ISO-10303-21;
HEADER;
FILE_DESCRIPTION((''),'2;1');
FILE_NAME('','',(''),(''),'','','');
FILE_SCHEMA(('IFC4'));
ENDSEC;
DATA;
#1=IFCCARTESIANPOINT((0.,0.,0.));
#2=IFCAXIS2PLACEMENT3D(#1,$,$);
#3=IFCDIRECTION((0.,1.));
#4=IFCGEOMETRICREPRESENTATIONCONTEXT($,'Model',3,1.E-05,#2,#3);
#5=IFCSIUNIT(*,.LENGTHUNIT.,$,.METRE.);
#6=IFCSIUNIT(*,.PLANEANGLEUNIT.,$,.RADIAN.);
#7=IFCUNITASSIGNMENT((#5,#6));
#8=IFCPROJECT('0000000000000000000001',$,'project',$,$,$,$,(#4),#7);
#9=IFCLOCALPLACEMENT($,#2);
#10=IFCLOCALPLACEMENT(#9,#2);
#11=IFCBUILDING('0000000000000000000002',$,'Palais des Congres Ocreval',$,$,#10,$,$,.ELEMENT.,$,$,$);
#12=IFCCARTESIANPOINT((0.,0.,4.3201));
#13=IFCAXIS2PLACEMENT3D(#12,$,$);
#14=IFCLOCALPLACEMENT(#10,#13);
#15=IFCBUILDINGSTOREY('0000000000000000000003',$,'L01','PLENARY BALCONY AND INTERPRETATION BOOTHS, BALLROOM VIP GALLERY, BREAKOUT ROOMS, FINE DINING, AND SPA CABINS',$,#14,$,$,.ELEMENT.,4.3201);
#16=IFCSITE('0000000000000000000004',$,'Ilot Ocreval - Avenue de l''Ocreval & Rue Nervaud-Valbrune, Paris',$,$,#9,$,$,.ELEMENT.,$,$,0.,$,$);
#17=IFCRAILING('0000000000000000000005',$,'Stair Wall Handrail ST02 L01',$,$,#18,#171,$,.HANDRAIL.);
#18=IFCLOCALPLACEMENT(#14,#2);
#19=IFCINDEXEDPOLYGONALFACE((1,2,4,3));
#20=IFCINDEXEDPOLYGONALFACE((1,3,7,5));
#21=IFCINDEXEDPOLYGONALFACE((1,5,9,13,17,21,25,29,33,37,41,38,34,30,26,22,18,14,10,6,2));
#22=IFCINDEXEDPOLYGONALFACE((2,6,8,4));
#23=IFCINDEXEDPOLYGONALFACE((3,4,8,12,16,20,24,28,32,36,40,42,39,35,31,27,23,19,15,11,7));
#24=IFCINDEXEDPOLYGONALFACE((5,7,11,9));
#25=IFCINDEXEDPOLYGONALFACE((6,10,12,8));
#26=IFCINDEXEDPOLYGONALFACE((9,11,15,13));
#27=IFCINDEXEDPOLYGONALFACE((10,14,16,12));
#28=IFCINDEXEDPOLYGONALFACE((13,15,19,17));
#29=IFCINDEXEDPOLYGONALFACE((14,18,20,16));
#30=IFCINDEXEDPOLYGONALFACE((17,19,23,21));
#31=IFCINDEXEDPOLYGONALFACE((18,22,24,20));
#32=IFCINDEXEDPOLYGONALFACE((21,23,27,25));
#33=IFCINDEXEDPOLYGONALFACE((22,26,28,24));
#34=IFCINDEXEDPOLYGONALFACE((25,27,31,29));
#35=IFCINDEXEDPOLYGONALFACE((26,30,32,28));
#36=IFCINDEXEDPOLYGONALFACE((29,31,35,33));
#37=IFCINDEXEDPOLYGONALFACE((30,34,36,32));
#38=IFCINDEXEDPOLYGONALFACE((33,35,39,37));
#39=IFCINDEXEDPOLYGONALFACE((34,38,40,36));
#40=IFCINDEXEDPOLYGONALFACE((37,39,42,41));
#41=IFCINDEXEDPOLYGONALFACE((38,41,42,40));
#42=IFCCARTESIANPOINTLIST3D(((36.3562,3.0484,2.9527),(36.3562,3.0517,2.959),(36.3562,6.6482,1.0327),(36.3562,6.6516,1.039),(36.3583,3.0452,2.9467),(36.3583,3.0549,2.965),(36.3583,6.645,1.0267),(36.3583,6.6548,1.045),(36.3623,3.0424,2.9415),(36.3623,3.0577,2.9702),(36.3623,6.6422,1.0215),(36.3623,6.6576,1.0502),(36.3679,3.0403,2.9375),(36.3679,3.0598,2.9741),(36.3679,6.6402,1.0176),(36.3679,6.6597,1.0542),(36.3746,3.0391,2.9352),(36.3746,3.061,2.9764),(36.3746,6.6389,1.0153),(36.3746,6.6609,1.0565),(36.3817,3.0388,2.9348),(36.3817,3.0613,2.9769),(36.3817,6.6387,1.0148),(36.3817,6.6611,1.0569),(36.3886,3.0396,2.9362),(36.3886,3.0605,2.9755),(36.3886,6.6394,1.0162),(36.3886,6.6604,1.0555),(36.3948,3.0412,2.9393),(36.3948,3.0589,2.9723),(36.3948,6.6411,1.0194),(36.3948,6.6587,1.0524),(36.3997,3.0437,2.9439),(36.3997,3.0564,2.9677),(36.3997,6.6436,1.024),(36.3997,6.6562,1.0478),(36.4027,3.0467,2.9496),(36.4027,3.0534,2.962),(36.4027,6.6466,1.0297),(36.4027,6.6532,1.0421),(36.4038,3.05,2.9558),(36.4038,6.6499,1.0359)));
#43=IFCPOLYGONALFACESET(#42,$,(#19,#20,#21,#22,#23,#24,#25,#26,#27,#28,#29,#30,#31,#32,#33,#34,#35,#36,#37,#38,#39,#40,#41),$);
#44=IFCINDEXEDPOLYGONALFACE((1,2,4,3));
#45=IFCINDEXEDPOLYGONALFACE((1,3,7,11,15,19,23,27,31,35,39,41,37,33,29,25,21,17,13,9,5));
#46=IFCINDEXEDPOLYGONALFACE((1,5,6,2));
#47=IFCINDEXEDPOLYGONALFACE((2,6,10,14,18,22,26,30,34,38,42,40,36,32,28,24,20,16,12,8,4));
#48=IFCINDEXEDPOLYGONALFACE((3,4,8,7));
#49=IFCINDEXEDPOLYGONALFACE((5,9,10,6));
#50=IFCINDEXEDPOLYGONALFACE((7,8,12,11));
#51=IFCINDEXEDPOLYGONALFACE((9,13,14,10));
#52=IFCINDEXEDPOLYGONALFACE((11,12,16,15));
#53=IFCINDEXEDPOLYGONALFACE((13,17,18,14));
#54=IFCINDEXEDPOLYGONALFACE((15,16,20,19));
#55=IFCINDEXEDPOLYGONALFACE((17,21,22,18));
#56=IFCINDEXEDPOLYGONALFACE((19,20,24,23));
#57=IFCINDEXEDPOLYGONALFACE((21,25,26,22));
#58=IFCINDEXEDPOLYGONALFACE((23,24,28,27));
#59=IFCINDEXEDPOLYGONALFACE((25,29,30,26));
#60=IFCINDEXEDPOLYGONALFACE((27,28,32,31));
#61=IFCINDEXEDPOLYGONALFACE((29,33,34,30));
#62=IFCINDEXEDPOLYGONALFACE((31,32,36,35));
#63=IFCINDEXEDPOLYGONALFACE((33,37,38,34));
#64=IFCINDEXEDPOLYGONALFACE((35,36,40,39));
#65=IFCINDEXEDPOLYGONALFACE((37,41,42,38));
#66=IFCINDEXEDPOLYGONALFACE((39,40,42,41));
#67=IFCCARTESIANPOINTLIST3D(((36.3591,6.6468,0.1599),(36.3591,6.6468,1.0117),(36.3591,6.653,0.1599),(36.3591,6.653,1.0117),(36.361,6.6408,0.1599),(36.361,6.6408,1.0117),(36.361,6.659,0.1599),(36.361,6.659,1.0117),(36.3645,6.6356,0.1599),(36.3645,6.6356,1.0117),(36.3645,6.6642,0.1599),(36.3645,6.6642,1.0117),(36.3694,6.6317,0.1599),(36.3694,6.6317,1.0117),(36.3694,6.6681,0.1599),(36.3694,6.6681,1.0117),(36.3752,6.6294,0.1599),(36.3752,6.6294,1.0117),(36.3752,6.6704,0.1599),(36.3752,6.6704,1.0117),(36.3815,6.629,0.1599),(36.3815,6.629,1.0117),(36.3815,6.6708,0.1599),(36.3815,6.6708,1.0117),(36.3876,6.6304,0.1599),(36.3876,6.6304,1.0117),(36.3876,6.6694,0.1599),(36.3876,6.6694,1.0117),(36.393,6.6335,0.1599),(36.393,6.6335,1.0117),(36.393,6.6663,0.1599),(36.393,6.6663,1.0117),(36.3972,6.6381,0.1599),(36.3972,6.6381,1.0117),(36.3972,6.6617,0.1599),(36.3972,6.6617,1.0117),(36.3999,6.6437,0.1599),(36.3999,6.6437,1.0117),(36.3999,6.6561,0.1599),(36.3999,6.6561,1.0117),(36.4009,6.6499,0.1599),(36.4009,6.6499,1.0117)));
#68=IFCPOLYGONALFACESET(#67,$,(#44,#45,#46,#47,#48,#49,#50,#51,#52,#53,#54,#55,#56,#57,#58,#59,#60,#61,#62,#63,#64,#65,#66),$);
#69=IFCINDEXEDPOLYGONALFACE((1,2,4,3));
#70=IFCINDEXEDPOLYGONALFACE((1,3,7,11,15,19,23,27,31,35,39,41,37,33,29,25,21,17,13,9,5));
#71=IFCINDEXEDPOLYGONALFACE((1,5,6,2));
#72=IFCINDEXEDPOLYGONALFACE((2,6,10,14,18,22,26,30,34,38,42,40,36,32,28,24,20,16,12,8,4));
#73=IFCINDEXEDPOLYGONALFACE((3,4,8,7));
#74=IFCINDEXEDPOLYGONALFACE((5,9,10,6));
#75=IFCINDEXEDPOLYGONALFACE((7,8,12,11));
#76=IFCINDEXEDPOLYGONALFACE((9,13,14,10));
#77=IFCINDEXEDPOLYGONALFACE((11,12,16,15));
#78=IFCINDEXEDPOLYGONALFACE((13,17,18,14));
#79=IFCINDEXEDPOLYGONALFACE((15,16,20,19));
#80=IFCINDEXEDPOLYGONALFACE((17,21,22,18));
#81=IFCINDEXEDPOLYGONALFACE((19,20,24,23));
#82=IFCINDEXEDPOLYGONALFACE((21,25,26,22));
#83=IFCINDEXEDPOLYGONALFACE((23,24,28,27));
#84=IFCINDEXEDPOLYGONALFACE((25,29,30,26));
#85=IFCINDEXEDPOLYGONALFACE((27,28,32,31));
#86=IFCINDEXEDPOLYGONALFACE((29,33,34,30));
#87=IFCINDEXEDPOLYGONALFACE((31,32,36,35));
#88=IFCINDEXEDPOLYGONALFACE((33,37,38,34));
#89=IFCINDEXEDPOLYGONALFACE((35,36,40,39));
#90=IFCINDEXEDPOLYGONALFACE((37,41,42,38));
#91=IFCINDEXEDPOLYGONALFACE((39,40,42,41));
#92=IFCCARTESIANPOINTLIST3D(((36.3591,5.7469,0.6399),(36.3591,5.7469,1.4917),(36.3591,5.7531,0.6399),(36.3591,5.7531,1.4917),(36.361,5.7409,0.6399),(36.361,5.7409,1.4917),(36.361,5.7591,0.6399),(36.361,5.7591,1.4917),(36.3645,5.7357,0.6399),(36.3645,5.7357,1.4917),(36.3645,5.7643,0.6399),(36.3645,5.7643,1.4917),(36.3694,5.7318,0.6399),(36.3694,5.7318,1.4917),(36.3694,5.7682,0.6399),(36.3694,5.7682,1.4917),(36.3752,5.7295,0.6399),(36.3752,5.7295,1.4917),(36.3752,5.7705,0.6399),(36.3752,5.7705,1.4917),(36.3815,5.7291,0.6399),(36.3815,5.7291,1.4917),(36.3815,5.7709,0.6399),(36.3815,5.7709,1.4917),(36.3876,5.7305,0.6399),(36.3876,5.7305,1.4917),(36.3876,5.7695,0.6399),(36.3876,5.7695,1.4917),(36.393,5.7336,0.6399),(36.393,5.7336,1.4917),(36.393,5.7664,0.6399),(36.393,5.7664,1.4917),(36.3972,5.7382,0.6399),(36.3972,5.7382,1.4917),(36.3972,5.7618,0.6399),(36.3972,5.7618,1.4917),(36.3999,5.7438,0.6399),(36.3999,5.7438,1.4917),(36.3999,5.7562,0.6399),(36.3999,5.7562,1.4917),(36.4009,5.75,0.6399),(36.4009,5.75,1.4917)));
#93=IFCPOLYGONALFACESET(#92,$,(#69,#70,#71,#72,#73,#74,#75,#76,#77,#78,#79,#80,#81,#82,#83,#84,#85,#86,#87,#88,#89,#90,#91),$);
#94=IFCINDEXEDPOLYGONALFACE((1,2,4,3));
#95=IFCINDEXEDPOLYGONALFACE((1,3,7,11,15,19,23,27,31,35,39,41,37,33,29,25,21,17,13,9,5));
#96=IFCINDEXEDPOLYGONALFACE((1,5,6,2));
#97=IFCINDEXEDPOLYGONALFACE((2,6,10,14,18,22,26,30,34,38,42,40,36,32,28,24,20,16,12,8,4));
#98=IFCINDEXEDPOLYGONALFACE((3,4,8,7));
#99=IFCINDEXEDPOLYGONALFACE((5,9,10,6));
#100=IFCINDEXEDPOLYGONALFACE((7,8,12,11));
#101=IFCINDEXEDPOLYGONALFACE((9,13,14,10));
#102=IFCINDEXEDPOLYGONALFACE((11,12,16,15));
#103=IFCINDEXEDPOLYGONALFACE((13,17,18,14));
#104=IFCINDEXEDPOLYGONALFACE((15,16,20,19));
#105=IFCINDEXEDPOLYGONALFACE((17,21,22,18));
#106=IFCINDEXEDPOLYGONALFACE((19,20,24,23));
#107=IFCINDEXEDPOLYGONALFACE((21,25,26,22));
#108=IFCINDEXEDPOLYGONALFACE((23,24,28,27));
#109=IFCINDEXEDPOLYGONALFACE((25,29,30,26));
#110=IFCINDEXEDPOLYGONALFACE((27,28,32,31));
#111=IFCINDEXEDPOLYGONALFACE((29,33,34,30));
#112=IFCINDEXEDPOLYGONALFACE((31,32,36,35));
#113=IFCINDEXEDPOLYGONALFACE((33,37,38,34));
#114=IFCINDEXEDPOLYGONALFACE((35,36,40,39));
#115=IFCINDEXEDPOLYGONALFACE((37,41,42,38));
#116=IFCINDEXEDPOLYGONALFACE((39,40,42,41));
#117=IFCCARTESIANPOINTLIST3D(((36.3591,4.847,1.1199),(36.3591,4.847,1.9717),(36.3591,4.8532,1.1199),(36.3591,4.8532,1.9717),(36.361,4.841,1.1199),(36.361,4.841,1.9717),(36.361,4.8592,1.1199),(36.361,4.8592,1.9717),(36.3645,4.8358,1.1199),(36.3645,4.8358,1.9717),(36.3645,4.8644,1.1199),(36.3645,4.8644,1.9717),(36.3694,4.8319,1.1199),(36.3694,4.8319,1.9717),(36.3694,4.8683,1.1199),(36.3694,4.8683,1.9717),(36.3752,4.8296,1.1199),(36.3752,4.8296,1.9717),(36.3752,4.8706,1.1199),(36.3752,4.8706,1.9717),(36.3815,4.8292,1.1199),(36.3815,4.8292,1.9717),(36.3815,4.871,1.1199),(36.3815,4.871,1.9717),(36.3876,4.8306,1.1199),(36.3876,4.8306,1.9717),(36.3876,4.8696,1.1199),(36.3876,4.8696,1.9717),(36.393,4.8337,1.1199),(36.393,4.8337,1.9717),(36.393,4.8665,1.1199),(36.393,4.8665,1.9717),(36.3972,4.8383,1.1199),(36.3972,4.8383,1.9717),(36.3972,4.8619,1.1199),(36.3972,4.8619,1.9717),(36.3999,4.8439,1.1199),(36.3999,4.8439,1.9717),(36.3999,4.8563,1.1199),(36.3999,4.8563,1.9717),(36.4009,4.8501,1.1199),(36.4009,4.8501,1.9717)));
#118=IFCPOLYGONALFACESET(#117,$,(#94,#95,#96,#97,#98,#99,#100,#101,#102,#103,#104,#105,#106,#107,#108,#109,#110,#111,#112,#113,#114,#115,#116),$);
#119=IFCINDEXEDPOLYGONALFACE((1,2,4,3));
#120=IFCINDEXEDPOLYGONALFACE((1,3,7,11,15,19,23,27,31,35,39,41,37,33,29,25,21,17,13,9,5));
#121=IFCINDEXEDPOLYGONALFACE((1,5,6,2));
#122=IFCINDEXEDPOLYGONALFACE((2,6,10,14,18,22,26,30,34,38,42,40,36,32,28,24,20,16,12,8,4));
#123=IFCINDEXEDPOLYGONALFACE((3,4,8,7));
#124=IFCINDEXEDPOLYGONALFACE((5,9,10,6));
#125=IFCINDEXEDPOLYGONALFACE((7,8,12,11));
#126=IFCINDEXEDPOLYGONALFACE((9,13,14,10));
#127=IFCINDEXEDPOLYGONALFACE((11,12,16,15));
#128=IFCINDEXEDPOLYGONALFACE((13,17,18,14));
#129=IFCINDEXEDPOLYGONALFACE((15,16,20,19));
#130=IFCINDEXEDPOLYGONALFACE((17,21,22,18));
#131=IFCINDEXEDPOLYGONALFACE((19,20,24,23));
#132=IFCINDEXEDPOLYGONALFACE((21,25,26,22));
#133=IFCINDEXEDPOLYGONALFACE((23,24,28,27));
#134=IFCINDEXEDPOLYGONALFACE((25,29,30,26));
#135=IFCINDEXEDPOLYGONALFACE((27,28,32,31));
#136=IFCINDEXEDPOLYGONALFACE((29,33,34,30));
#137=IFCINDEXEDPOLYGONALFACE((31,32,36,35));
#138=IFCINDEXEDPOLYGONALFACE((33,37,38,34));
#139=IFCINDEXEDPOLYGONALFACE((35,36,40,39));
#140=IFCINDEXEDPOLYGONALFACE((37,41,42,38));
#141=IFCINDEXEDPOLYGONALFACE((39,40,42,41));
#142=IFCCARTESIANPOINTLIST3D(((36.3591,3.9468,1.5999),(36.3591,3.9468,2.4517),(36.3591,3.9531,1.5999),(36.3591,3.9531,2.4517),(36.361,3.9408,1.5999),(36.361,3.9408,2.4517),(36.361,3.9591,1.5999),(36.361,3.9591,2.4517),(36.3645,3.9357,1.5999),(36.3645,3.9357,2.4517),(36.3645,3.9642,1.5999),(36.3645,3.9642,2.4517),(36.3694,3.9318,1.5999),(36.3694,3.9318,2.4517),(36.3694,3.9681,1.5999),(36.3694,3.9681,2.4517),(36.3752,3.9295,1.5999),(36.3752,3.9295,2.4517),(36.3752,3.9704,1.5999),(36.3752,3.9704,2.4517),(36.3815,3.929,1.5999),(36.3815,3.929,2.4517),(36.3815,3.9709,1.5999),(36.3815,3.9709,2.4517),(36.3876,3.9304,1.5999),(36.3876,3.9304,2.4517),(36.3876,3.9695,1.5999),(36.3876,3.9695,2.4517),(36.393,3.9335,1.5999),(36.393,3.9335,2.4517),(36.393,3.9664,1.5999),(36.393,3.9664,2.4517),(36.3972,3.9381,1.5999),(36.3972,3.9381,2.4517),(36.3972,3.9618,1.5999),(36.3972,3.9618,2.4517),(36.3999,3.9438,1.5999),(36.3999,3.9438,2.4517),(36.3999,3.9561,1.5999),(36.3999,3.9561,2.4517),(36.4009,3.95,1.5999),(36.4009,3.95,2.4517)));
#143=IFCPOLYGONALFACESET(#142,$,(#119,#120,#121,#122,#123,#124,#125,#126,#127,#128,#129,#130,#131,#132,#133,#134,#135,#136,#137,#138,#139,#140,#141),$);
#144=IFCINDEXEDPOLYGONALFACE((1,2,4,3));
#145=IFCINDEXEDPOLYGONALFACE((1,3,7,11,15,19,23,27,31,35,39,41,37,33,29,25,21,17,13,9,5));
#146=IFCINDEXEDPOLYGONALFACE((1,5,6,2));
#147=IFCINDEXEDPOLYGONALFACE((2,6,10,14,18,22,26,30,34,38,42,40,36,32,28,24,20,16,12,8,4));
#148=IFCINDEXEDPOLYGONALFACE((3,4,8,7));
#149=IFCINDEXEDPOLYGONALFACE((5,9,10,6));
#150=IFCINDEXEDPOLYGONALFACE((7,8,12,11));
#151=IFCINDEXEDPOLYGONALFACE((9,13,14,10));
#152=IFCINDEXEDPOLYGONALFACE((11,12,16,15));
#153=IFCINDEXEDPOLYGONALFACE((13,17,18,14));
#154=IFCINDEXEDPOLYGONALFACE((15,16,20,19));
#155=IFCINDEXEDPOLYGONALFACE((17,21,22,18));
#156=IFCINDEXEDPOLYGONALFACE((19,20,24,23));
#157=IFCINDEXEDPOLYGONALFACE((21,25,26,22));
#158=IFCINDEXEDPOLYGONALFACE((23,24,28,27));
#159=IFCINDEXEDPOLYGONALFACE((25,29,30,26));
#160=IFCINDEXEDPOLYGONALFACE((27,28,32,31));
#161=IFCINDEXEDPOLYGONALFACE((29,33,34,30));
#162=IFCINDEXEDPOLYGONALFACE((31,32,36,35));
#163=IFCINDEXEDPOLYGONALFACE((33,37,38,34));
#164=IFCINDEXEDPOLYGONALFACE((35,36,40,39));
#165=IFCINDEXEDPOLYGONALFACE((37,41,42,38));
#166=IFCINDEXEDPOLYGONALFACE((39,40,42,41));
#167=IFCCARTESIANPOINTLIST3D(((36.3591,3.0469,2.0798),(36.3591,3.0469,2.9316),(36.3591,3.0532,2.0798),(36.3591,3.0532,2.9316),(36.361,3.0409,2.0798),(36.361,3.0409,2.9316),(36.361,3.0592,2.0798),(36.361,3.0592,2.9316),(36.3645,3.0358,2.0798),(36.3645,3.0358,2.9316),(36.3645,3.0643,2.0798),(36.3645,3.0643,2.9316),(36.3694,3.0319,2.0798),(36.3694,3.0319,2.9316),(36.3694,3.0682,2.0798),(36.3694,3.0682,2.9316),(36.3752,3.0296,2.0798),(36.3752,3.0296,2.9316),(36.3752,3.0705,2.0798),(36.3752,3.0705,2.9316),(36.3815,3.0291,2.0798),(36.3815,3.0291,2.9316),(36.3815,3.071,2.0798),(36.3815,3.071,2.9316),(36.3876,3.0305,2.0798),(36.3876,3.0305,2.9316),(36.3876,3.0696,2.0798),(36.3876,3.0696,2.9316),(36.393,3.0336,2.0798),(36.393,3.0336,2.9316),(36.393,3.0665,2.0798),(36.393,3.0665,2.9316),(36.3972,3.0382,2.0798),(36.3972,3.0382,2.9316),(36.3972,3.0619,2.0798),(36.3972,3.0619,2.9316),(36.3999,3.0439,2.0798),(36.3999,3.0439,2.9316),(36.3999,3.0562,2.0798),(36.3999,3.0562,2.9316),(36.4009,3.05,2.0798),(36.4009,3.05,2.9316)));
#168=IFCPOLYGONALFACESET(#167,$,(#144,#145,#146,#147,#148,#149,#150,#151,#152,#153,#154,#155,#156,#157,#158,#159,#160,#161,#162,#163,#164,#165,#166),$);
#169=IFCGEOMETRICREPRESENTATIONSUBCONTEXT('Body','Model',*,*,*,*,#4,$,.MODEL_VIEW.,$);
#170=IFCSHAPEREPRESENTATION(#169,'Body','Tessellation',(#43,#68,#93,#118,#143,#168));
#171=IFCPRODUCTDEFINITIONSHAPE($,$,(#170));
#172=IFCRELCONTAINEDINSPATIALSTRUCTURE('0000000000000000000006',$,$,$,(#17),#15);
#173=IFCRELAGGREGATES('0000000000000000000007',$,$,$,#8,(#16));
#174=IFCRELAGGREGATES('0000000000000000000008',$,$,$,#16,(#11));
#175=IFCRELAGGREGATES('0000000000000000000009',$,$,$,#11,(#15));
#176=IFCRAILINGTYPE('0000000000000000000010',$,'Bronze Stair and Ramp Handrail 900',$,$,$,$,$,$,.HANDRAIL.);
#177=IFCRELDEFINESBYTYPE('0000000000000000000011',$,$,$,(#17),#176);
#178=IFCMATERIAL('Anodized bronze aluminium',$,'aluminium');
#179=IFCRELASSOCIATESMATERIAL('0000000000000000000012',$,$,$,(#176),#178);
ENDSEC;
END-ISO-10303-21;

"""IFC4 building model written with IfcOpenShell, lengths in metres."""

from ifc_helpers import new_model, si_unit, direction, frame, origin, origin_2d, place, context, subcontext, project, spatial, circle, extrude, material, type_object, element, save


model = new_model("IFC4")

# Units and contexts
model_context = context("Model", 3, precision=1e-05, world=origin(), true_north=direction((0.0, 1.0)))
body_context = subcontext(model_context, "Body", "Model", "MODEL_VIEW")
ifc_project = project(units=[si_unit("LENGTHUNIT", "METRE"), si_unit("PLANEANGLEUNIT", "RADIAN")], contexts=[model_context])

# Site, building, storey
site_placement = place(None, origin())
site = spatial("IfcSite", under=ifc_project, at=site_placement, Name="Ilot Ocreval - Avenue de l'Ocreval & Rue Nervaud-Valbrune, Paris", CompositionType="ELEMENT", RefElevation=0.0)
building_placement = place(site_placement, origin())
building = spatial("IfcBuilding", under=site, at=building_placement, Name="Palais des Congres Ocreval", CompositionType="ELEMENT")
storey_placement = place(building_placement, frame((0.0, 0.0, 4.3201)))
storey = spatial("IfcBuildingStorey", under=building, at=storey_placement, Name="L01", Description="PLENARY BALCONY AND INTERPRETATION BOOTHS, BALLROOM VIP GALLERY, BREAKOUT ROOMS, FINE DINING, AND SPA CABINS", CompositionType="ELEMENT", Elevation=4.3201)

# Railing
ifc_material_1 = material(Name="Anodized bronze aluminium", Category="aluminium")
railing_type_1 = type_object("IfcRailingType", Name="Bronze Stair and Ramp Handrail 900", PredefinedType="HANDRAIL", material=ifc_material_1)
railing_1_placement = place(storey_placement, frame((36.3799, 6.6499, 0.1599)))
element("IfcRailing", 1, at=railing_1_placement, inside=storey, type_object=railing_type_1, Name="Stair Wall Handrail ST02 L01", PredefinedType="HANDRAIL", context=body_context, shape_type="SweptSolid", body=[
    extrude(circle(Radius=0.0239, at=origin_2d()), frame((0.0, 0.0, 0.876), z_axis=(0.0, -0.882353, 0.470588), x_axis=(1.0, 0.0, 0.0)), (0.0, 0.0, 1.0), 4.0798),
    extrude(circle(Radius=0.021, at=origin_2d()), origin(), (0.0, 0.0, 1.0), 0.8518),
    extrude(circle(Radius=0.021, at=origin_2d()), frame((0.0, -0.8999, 0.48)), (0.0, 0.0, 1.0), 0.8518),
    extrude(circle(Radius=0.021, at=origin_2d()), frame((0.0, -1.7998, 0.96)), (0.0, 0.0, 1.0), 0.8518),
    extrude(circle(Radius=0.021, at=origin_2d()), frame((0.0, -2.7, 1.4399)), (0.0, 0.0, 1.0), 0.8518),
    extrude(circle(Radius=0.021, at=origin_2d()), frame((0.0, -3.5999, 1.9199)), (0.0, 0.0, 1.0), 0.8518),
])

save(model, "model.ifc")
